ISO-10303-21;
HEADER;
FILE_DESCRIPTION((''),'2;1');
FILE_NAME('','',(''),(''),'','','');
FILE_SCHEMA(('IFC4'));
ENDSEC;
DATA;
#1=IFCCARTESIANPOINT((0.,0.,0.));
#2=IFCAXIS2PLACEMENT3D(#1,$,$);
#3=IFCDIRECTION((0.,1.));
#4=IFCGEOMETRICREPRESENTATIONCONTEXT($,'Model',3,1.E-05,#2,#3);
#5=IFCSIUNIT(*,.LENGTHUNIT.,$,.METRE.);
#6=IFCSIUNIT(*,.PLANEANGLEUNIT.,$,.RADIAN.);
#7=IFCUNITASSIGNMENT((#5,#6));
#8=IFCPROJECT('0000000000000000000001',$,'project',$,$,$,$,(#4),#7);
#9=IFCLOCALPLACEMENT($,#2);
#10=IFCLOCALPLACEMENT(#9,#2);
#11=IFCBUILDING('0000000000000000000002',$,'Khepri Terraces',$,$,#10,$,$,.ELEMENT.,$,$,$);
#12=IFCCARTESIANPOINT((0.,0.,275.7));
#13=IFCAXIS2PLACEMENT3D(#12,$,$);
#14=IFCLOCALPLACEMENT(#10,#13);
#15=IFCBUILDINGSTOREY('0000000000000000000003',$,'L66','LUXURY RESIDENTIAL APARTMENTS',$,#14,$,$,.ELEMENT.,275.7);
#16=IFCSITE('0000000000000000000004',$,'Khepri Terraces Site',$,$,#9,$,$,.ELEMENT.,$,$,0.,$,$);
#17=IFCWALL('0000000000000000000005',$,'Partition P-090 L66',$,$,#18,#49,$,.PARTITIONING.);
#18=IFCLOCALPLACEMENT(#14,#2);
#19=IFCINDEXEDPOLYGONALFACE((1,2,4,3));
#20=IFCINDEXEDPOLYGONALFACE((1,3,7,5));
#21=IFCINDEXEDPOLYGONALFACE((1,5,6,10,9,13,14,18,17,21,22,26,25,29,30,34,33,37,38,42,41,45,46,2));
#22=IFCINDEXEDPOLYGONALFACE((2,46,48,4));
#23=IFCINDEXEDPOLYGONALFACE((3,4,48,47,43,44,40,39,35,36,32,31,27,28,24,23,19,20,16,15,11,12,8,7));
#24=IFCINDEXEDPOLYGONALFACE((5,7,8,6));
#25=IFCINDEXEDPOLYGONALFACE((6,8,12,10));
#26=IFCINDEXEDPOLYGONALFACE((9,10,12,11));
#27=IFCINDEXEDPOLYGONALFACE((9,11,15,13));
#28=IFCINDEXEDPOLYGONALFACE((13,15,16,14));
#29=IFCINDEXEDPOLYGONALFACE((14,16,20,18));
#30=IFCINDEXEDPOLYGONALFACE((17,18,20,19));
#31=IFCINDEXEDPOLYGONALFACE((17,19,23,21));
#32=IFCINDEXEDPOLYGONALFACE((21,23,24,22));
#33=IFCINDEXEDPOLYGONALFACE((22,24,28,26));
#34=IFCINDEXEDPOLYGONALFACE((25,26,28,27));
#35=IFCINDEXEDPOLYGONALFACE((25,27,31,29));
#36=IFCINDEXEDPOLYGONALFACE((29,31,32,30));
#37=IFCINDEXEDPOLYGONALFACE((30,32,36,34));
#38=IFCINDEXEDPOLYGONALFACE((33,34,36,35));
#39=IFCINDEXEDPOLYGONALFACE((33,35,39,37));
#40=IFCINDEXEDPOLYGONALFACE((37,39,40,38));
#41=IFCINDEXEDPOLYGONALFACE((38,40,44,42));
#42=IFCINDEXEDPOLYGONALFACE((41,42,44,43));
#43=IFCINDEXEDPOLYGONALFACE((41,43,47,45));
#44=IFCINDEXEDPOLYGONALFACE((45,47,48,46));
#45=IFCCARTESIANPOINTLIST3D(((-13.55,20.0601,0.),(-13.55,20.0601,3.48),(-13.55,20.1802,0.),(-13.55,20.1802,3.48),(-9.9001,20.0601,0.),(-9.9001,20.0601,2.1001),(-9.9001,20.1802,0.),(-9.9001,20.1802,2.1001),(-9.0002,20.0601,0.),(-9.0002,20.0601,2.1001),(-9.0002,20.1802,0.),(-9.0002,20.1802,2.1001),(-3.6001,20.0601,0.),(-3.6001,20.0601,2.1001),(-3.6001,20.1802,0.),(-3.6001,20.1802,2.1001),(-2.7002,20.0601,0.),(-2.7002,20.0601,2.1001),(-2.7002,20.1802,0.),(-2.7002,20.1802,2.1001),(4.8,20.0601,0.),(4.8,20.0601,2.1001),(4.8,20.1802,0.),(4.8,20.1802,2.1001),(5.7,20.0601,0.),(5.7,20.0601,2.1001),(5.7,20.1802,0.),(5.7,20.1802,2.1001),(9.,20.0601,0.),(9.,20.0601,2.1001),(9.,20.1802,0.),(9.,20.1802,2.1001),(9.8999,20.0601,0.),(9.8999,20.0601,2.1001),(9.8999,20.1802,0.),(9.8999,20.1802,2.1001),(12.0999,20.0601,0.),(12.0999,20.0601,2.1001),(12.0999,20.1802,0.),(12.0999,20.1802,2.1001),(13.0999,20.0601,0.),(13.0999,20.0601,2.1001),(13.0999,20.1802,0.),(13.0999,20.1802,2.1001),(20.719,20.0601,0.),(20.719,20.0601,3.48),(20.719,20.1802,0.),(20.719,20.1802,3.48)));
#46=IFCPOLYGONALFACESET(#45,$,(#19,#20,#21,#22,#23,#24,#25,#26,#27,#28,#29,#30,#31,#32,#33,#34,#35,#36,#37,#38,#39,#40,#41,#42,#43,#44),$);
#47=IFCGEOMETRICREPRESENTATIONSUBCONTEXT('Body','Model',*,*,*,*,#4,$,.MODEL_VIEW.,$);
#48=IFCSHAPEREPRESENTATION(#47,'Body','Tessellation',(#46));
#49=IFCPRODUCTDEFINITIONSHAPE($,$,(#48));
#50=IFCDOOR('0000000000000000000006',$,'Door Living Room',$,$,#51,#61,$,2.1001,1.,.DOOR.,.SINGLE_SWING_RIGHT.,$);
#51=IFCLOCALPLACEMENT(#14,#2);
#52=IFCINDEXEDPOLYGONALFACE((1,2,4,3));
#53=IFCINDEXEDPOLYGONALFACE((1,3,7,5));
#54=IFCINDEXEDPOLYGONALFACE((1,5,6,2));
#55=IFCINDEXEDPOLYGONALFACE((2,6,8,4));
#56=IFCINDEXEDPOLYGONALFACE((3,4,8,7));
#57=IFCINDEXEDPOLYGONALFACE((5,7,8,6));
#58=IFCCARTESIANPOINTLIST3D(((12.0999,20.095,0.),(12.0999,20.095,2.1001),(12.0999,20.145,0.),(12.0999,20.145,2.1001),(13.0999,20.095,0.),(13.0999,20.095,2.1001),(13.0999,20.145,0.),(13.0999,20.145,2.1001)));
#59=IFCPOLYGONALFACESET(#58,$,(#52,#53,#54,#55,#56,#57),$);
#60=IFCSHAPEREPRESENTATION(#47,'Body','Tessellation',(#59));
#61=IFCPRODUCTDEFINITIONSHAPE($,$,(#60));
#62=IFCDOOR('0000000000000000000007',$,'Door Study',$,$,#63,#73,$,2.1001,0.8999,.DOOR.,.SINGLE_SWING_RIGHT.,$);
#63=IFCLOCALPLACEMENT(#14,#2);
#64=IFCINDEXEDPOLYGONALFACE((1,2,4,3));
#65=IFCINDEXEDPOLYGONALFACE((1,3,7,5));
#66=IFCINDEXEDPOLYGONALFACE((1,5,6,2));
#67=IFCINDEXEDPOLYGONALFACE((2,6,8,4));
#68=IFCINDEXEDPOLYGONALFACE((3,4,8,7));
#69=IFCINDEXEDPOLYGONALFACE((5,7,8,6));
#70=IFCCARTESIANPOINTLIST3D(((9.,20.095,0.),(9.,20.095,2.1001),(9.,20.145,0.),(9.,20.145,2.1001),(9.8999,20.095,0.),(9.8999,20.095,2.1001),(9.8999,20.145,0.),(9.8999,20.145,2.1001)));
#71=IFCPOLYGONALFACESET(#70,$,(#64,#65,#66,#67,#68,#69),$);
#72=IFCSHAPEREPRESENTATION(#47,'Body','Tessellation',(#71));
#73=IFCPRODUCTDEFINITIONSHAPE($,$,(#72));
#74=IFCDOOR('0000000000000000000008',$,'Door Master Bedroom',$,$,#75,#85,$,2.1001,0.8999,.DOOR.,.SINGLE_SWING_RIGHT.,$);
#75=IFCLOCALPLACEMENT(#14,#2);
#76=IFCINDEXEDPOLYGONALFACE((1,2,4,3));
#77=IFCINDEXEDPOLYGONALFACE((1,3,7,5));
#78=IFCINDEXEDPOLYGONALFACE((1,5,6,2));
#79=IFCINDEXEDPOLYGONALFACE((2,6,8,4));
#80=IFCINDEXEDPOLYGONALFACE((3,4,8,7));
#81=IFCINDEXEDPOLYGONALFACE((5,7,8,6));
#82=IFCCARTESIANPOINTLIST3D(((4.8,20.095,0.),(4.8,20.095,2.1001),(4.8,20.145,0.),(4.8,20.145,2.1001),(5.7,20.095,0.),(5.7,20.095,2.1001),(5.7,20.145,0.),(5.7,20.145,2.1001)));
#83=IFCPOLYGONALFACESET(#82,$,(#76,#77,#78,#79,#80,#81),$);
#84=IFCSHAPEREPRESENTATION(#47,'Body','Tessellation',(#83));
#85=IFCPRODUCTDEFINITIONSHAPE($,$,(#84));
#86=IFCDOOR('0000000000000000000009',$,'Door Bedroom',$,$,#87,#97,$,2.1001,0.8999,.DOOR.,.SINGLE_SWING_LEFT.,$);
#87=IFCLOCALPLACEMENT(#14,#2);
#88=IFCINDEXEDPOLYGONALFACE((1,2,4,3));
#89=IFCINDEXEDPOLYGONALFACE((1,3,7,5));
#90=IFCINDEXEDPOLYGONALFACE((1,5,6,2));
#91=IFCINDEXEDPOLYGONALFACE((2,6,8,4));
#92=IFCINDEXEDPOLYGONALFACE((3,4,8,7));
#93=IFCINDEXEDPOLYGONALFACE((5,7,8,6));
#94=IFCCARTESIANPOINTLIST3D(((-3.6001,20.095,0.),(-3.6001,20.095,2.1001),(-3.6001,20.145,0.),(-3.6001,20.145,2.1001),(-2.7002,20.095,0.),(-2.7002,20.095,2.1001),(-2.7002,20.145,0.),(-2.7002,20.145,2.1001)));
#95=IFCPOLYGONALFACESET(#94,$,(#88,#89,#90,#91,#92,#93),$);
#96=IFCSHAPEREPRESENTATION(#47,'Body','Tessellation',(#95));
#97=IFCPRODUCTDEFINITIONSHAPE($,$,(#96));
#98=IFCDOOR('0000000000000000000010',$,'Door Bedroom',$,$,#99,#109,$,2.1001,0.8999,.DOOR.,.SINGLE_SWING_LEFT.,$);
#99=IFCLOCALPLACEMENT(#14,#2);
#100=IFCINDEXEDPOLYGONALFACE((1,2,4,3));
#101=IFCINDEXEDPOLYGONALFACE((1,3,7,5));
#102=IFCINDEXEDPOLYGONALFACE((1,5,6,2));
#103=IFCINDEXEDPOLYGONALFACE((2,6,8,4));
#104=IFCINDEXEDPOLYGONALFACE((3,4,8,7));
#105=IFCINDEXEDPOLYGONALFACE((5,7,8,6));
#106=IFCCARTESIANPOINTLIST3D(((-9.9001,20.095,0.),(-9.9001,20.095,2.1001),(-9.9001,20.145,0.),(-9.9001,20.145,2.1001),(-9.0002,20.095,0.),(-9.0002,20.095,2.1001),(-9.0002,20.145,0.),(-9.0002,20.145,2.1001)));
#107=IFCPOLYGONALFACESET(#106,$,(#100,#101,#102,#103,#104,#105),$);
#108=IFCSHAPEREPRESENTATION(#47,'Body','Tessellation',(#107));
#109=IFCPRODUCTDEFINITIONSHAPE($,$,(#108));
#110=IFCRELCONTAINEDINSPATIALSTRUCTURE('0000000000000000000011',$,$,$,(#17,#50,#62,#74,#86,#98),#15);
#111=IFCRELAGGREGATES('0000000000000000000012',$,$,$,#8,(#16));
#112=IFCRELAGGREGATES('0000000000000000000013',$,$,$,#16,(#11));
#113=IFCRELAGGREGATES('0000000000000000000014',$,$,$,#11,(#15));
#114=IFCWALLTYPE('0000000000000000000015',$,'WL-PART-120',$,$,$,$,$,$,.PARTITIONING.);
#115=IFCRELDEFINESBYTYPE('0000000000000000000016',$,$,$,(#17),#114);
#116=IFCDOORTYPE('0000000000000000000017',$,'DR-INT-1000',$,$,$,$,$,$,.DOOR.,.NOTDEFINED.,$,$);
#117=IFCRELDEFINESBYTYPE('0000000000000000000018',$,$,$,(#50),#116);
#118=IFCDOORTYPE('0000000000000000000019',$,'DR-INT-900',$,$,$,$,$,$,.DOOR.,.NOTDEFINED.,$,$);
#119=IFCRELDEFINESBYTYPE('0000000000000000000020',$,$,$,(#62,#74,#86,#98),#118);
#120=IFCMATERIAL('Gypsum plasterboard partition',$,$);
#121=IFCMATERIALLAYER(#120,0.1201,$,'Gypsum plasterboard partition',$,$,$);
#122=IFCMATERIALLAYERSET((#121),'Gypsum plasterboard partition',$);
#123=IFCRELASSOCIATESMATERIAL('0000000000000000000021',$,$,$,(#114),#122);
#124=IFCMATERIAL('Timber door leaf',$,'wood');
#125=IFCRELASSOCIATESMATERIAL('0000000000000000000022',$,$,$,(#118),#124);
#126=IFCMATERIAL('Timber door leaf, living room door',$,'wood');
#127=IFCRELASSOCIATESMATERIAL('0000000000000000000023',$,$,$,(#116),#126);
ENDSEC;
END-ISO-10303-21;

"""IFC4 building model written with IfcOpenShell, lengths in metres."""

from ifc_helpers import new_model, si_unit, direction, frame, frame_2d, origin, place, context, subcontext, project, spatial, rectangle, extrude, material, layer, layer_set, type_object, element, fill, save


model = new_model("IFC4")

# Units and contexts
model_context = context("Model", 3, precision=1e-05, world=origin(), true_north=direction((0.0, 1.0)))
body_context = subcontext(model_context, "Body", "Model", "MODEL_VIEW")
ifc_project = project(units=[si_unit("LENGTHUNIT", "METRE"), si_unit("PLANEANGLEUNIT", "RADIAN")], contexts=[model_context])

# Site, building, storey
site_placement = place(None, origin())
site = spatial("IfcSite", under=ifc_project, at=site_placement, Name="Khepri Terraces Site", CompositionType="ELEMENT", RefElevation=0.0)
building_placement = place(site_placement, origin())
building = spatial("IfcBuilding", under=site, at=building_placement, Name="Khepri Terraces", CompositionType="ELEMENT")
storey_placement = place(building_placement, frame((0.0, 0.0, 275.7)))
storey = spatial("IfcBuildingStorey", under=building, at=storey_placement, Name="L66", Description="LUXURY RESIDENTIAL APARTMENTS", CompositionType="ELEMENT", Elevation=275.7)

# Wall, openings, doors
ifc_material_1 = material(Name="Gypsum plasterboard partition")
ifc_layer_1 = layer(ifc_material_1, 0.1201, Name="Gypsum plasterboard partition")
ifc_layer_set_1 = layer_set([ifc_layer_1], Name="Gypsum plasterboard partition")
wall_type_1 = type_object("IfcWallType", Name="WL-PART-120", PredefinedType="PARTITIONING", material=ifc_layer_set_1)
ifc_material_2 = material(Name="Timber door leaf", Category="wood")
door_type_1 = type_object("IfcDoorType", Name="DR-INT-900", OperationType="NOTDEFINED", PredefinedType="DOOR", material=ifc_material_2)
wall_1_placement = place(storey_placement, frame((-13.55, 20.1201, 0.0), z_axis=(0.0, 0.0, 1.0), x_axis=(1.0, 0.0, 0.0)))
wall_1 = element("IfcWall", 1, at=wall_1_placement, inside=storey, type_object=wall_type_1, Name="Partition P-090 L66", PredefinedType="PARTITIONING", context=body_context, shape_type="SweptSolid", body=[
    extrude(rectangle(XDim=34.269, YDim=0.1201, at=frame_2d((17.1345, 0.0))), origin(), (0.0, 0.0, 1.0), 3.48),
])
opening_1_placement = place(wall_1_placement, frame((25.6499, 0.0, 0.0)))
opening_1 = element("IfcOpeningElement", 2, at=opening_1_placement, cuts=wall_1, PredefinedType="OPENING", context=body_context, shape_type="SweptSolid", body=[
    extrude(rectangle(XDim=1.0, YDim=2.1001, at=frame_2d((0.5, 1.05))), frame((0.0, 0.0701, 0.0), z_axis=(0.0, -1.0, 0.0), x_axis=(1.0, 0.0, 0.0)), (0.0, 0.0, 1.0), 0.1401),
])
opening_2_placement = place(wall_1_placement, frame((22.55, 0.0, 0.0)))
opening_2 = element("IfcOpeningElement", 3, at=opening_2_placement, cuts=wall_1, PredefinedType="OPENING", context=body_context, shape_type="SweptSolid", body=[
    extrude(rectangle(XDim=0.8999, YDim=2.1001, at=frame_2d((0.45, 1.05))), frame((0.0, 0.0701, 0.0), z_axis=(0.0, -1.0, 0.0), x_axis=(1.0, 0.0, 0.0)), (0.0, 0.0, 1.0), 0.1401),
])
opening_3_placement = place(wall_1_placement, frame((18.3501, 0.0, 0.0)))
opening_3 = element("IfcOpeningElement", 4, at=opening_3_placement, cuts=wall_1, PredefinedType="OPENING", context=body_context, shape_type="SweptSolid", body=[
    extrude(rectangle(XDim=0.8999, YDim=2.1001, at=frame_2d((0.45, 1.05))), frame((0.0, 0.0701, 0.0), z_axis=(0.0, -1.0, 0.0), x_axis=(1.0, 0.0, 0.0)), (0.0, 0.0, 1.0), 0.1401),
])
opening_4_placement = place(wall_1_placement, frame((9.95, 0.0, 0.0)))
opening_4 = element("IfcOpeningElement", 5, at=opening_4_placement, cuts=wall_1, PredefinedType="OPENING", context=body_context, shape_type="SweptSolid", body=[
    extrude(rectangle(XDim=0.8999, YDim=2.1001, at=frame_2d((0.45, 1.05))), frame((0.0, 0.0701, 0.0), z_axis=(0.0, -1.0, 0.0), x_axis=(1.0, 0.0, 0.0)), (0.0, 0.0, 1.0), 0.1401),
])
opening_5_placement = place(wall_1_placement, frame((3.6499, 0.0, 0.0)))
opening_5 = element("IfcOpeningElement", 6, at=opening_5_placement, cuts=wall_1, PredefinedType="OPENING", context=body_context, shape_type="SweptSolid", body=[
    extrude(rectangle(XDim=0.8999, YDim=2.1001, at=frame_2d((0.45, 1.05))), frame((0.0, 0.0701, 0.0), z_axis=(0.0, -1.0, 0.0), x_axis=(1.0, 0.0, 0.0)), (0.0, 0.0, 1.0), 0.1401),
])
ifc_material_3 = material(Name="Timber door leaf, living room door", Category="wood")
door_type_2 = type_object("IfcDoorType", Name="DR-INT-1000", OperationType="NOTDEFINED", PredefinedType="DOOR", material=ifc_material_3)
door_1_placement = place(opening_1_placement, origin())
door_1 = element("IfcDoor", 7, at=door_1_placement, inside=storey, type_object=door_type_2, Name="Door Living Room", OperationType="SINGLE_SWING_RIGHT", OverallHeight=2.1001, OverallWidth=1.0, PredefinedType="DOOR", context=body_context, shape_type="SweptSolid", body=[
    extrude(rectangle(XDim=1.0, YDim=2.1001, at=frame_2d((0.5, 1.05))), frame((0.0, 0.0249, 0.0), z_axis=(0.0, -1.0, 0.0), x_axis=(1.0, 0.0, 0.0)), (0.0, 0.0, 1.0), 0.05),
])
fill(opening_1, door_1)
door_2_placement = place(opening_2_placement, origin())
door_2 = element("IfcDoor", 8, at=door_2_placement, inside=storey, type_object=door_type_1, Name="Door Study", OperationType="SINGLE_SWING_RIGHT", OverallHeight=2.1001, OverallWidth=0.8999, PredefinedType="DOOR", context=body_context, shape_type="SweptSolid", body=[
    extrude(rectangle(XDim=0.8999, YDim=2.1001, at=frame_2d((0.45, 1.05))), frame((0.0, 0.0249, 0.0), z_axis=(0.0, -1.0, 0.0), x_axis=(1.0, 0.0, 0.0)), (0.0, 0.0, 1.0), 0.05),
])
fill(opening_2, door_2)
door_3_placement = place(opening_3_placement, origin())
door_3 = element("IfcDoor", 9, at=door_3_placement, inside=storey, type_object=door_type_1, Name="Door Master Bedroom", OperationType="SINGLE_SWING_RIGHT", OverallHeight=2.1001, OverallWidth=0.8999, PredefinedType="DOOR", context=body_context, shape_type="SweptSolid", body=[
    extrude(rectangle(XDim=0.8999, YDim=2.1001, at=frame_2d((0.45, 1.05))), frame((0.0, 0.0249, 0.0), z_axis=(0.0, -1.0, 0.0), x_axis=(1.0, 0.0, 0.0)), (0.0, 0.0, 1.0), 0.05),
])
fill(opening_3, door_3)
door_4_placement = place(opening_4_placement, origin())
door_4 = element("IfcDoor", 10, at=door_4_placement, inside=storey, type_object=door_type_1, Name="Door Bedroom", OperationType="SINGLE_SWING_LEFT", OverallHeight=2.1001, OverallWidth=0.8999, PredefinedType="DOOR", context=body_context, shape_type="SweptSolid", body=[
    extrude(rectangle(XDim=0.8999, YDim=2.1001, at=frame_2d((0.45, 1.05))), frame((0.0, 0.0249, 0.0), z_axis=(0.0, -1.0, 0.0), x_axis=(1.0, 0.0, 0.0)), (0.0, 0.0, 1.0), 0.05),
])
fill(opening_4, door_4)
door_5_placement = place(opening_5_placement, origin())
door_5 = element("IfcDoor", 11, at=door_5_placement, inside=storey, type_object=door_type_1, Name="Door Bedroom", OperationType="SINGLE_SWING_LEFT", OverallHeight=2.1001, OverallWidth=0.8999, PredefinedType="DOOR", context=body_context, shape_type="SweptSolid", body=[
    extrude(rectangle(XDim=0.8999, YDim=2.1001, at=frame_2d((0.45, 1.05))), frame((0.0, 0.0249, 0.0), z_axis=(0.0, -1.0, 0.0), x_axis=(1.0, 0.0, 0.0)), (0.0, 0.0, 1.0), 0.05),
])
fill(opening_5, door_5)

save(model, "model.ifc")
